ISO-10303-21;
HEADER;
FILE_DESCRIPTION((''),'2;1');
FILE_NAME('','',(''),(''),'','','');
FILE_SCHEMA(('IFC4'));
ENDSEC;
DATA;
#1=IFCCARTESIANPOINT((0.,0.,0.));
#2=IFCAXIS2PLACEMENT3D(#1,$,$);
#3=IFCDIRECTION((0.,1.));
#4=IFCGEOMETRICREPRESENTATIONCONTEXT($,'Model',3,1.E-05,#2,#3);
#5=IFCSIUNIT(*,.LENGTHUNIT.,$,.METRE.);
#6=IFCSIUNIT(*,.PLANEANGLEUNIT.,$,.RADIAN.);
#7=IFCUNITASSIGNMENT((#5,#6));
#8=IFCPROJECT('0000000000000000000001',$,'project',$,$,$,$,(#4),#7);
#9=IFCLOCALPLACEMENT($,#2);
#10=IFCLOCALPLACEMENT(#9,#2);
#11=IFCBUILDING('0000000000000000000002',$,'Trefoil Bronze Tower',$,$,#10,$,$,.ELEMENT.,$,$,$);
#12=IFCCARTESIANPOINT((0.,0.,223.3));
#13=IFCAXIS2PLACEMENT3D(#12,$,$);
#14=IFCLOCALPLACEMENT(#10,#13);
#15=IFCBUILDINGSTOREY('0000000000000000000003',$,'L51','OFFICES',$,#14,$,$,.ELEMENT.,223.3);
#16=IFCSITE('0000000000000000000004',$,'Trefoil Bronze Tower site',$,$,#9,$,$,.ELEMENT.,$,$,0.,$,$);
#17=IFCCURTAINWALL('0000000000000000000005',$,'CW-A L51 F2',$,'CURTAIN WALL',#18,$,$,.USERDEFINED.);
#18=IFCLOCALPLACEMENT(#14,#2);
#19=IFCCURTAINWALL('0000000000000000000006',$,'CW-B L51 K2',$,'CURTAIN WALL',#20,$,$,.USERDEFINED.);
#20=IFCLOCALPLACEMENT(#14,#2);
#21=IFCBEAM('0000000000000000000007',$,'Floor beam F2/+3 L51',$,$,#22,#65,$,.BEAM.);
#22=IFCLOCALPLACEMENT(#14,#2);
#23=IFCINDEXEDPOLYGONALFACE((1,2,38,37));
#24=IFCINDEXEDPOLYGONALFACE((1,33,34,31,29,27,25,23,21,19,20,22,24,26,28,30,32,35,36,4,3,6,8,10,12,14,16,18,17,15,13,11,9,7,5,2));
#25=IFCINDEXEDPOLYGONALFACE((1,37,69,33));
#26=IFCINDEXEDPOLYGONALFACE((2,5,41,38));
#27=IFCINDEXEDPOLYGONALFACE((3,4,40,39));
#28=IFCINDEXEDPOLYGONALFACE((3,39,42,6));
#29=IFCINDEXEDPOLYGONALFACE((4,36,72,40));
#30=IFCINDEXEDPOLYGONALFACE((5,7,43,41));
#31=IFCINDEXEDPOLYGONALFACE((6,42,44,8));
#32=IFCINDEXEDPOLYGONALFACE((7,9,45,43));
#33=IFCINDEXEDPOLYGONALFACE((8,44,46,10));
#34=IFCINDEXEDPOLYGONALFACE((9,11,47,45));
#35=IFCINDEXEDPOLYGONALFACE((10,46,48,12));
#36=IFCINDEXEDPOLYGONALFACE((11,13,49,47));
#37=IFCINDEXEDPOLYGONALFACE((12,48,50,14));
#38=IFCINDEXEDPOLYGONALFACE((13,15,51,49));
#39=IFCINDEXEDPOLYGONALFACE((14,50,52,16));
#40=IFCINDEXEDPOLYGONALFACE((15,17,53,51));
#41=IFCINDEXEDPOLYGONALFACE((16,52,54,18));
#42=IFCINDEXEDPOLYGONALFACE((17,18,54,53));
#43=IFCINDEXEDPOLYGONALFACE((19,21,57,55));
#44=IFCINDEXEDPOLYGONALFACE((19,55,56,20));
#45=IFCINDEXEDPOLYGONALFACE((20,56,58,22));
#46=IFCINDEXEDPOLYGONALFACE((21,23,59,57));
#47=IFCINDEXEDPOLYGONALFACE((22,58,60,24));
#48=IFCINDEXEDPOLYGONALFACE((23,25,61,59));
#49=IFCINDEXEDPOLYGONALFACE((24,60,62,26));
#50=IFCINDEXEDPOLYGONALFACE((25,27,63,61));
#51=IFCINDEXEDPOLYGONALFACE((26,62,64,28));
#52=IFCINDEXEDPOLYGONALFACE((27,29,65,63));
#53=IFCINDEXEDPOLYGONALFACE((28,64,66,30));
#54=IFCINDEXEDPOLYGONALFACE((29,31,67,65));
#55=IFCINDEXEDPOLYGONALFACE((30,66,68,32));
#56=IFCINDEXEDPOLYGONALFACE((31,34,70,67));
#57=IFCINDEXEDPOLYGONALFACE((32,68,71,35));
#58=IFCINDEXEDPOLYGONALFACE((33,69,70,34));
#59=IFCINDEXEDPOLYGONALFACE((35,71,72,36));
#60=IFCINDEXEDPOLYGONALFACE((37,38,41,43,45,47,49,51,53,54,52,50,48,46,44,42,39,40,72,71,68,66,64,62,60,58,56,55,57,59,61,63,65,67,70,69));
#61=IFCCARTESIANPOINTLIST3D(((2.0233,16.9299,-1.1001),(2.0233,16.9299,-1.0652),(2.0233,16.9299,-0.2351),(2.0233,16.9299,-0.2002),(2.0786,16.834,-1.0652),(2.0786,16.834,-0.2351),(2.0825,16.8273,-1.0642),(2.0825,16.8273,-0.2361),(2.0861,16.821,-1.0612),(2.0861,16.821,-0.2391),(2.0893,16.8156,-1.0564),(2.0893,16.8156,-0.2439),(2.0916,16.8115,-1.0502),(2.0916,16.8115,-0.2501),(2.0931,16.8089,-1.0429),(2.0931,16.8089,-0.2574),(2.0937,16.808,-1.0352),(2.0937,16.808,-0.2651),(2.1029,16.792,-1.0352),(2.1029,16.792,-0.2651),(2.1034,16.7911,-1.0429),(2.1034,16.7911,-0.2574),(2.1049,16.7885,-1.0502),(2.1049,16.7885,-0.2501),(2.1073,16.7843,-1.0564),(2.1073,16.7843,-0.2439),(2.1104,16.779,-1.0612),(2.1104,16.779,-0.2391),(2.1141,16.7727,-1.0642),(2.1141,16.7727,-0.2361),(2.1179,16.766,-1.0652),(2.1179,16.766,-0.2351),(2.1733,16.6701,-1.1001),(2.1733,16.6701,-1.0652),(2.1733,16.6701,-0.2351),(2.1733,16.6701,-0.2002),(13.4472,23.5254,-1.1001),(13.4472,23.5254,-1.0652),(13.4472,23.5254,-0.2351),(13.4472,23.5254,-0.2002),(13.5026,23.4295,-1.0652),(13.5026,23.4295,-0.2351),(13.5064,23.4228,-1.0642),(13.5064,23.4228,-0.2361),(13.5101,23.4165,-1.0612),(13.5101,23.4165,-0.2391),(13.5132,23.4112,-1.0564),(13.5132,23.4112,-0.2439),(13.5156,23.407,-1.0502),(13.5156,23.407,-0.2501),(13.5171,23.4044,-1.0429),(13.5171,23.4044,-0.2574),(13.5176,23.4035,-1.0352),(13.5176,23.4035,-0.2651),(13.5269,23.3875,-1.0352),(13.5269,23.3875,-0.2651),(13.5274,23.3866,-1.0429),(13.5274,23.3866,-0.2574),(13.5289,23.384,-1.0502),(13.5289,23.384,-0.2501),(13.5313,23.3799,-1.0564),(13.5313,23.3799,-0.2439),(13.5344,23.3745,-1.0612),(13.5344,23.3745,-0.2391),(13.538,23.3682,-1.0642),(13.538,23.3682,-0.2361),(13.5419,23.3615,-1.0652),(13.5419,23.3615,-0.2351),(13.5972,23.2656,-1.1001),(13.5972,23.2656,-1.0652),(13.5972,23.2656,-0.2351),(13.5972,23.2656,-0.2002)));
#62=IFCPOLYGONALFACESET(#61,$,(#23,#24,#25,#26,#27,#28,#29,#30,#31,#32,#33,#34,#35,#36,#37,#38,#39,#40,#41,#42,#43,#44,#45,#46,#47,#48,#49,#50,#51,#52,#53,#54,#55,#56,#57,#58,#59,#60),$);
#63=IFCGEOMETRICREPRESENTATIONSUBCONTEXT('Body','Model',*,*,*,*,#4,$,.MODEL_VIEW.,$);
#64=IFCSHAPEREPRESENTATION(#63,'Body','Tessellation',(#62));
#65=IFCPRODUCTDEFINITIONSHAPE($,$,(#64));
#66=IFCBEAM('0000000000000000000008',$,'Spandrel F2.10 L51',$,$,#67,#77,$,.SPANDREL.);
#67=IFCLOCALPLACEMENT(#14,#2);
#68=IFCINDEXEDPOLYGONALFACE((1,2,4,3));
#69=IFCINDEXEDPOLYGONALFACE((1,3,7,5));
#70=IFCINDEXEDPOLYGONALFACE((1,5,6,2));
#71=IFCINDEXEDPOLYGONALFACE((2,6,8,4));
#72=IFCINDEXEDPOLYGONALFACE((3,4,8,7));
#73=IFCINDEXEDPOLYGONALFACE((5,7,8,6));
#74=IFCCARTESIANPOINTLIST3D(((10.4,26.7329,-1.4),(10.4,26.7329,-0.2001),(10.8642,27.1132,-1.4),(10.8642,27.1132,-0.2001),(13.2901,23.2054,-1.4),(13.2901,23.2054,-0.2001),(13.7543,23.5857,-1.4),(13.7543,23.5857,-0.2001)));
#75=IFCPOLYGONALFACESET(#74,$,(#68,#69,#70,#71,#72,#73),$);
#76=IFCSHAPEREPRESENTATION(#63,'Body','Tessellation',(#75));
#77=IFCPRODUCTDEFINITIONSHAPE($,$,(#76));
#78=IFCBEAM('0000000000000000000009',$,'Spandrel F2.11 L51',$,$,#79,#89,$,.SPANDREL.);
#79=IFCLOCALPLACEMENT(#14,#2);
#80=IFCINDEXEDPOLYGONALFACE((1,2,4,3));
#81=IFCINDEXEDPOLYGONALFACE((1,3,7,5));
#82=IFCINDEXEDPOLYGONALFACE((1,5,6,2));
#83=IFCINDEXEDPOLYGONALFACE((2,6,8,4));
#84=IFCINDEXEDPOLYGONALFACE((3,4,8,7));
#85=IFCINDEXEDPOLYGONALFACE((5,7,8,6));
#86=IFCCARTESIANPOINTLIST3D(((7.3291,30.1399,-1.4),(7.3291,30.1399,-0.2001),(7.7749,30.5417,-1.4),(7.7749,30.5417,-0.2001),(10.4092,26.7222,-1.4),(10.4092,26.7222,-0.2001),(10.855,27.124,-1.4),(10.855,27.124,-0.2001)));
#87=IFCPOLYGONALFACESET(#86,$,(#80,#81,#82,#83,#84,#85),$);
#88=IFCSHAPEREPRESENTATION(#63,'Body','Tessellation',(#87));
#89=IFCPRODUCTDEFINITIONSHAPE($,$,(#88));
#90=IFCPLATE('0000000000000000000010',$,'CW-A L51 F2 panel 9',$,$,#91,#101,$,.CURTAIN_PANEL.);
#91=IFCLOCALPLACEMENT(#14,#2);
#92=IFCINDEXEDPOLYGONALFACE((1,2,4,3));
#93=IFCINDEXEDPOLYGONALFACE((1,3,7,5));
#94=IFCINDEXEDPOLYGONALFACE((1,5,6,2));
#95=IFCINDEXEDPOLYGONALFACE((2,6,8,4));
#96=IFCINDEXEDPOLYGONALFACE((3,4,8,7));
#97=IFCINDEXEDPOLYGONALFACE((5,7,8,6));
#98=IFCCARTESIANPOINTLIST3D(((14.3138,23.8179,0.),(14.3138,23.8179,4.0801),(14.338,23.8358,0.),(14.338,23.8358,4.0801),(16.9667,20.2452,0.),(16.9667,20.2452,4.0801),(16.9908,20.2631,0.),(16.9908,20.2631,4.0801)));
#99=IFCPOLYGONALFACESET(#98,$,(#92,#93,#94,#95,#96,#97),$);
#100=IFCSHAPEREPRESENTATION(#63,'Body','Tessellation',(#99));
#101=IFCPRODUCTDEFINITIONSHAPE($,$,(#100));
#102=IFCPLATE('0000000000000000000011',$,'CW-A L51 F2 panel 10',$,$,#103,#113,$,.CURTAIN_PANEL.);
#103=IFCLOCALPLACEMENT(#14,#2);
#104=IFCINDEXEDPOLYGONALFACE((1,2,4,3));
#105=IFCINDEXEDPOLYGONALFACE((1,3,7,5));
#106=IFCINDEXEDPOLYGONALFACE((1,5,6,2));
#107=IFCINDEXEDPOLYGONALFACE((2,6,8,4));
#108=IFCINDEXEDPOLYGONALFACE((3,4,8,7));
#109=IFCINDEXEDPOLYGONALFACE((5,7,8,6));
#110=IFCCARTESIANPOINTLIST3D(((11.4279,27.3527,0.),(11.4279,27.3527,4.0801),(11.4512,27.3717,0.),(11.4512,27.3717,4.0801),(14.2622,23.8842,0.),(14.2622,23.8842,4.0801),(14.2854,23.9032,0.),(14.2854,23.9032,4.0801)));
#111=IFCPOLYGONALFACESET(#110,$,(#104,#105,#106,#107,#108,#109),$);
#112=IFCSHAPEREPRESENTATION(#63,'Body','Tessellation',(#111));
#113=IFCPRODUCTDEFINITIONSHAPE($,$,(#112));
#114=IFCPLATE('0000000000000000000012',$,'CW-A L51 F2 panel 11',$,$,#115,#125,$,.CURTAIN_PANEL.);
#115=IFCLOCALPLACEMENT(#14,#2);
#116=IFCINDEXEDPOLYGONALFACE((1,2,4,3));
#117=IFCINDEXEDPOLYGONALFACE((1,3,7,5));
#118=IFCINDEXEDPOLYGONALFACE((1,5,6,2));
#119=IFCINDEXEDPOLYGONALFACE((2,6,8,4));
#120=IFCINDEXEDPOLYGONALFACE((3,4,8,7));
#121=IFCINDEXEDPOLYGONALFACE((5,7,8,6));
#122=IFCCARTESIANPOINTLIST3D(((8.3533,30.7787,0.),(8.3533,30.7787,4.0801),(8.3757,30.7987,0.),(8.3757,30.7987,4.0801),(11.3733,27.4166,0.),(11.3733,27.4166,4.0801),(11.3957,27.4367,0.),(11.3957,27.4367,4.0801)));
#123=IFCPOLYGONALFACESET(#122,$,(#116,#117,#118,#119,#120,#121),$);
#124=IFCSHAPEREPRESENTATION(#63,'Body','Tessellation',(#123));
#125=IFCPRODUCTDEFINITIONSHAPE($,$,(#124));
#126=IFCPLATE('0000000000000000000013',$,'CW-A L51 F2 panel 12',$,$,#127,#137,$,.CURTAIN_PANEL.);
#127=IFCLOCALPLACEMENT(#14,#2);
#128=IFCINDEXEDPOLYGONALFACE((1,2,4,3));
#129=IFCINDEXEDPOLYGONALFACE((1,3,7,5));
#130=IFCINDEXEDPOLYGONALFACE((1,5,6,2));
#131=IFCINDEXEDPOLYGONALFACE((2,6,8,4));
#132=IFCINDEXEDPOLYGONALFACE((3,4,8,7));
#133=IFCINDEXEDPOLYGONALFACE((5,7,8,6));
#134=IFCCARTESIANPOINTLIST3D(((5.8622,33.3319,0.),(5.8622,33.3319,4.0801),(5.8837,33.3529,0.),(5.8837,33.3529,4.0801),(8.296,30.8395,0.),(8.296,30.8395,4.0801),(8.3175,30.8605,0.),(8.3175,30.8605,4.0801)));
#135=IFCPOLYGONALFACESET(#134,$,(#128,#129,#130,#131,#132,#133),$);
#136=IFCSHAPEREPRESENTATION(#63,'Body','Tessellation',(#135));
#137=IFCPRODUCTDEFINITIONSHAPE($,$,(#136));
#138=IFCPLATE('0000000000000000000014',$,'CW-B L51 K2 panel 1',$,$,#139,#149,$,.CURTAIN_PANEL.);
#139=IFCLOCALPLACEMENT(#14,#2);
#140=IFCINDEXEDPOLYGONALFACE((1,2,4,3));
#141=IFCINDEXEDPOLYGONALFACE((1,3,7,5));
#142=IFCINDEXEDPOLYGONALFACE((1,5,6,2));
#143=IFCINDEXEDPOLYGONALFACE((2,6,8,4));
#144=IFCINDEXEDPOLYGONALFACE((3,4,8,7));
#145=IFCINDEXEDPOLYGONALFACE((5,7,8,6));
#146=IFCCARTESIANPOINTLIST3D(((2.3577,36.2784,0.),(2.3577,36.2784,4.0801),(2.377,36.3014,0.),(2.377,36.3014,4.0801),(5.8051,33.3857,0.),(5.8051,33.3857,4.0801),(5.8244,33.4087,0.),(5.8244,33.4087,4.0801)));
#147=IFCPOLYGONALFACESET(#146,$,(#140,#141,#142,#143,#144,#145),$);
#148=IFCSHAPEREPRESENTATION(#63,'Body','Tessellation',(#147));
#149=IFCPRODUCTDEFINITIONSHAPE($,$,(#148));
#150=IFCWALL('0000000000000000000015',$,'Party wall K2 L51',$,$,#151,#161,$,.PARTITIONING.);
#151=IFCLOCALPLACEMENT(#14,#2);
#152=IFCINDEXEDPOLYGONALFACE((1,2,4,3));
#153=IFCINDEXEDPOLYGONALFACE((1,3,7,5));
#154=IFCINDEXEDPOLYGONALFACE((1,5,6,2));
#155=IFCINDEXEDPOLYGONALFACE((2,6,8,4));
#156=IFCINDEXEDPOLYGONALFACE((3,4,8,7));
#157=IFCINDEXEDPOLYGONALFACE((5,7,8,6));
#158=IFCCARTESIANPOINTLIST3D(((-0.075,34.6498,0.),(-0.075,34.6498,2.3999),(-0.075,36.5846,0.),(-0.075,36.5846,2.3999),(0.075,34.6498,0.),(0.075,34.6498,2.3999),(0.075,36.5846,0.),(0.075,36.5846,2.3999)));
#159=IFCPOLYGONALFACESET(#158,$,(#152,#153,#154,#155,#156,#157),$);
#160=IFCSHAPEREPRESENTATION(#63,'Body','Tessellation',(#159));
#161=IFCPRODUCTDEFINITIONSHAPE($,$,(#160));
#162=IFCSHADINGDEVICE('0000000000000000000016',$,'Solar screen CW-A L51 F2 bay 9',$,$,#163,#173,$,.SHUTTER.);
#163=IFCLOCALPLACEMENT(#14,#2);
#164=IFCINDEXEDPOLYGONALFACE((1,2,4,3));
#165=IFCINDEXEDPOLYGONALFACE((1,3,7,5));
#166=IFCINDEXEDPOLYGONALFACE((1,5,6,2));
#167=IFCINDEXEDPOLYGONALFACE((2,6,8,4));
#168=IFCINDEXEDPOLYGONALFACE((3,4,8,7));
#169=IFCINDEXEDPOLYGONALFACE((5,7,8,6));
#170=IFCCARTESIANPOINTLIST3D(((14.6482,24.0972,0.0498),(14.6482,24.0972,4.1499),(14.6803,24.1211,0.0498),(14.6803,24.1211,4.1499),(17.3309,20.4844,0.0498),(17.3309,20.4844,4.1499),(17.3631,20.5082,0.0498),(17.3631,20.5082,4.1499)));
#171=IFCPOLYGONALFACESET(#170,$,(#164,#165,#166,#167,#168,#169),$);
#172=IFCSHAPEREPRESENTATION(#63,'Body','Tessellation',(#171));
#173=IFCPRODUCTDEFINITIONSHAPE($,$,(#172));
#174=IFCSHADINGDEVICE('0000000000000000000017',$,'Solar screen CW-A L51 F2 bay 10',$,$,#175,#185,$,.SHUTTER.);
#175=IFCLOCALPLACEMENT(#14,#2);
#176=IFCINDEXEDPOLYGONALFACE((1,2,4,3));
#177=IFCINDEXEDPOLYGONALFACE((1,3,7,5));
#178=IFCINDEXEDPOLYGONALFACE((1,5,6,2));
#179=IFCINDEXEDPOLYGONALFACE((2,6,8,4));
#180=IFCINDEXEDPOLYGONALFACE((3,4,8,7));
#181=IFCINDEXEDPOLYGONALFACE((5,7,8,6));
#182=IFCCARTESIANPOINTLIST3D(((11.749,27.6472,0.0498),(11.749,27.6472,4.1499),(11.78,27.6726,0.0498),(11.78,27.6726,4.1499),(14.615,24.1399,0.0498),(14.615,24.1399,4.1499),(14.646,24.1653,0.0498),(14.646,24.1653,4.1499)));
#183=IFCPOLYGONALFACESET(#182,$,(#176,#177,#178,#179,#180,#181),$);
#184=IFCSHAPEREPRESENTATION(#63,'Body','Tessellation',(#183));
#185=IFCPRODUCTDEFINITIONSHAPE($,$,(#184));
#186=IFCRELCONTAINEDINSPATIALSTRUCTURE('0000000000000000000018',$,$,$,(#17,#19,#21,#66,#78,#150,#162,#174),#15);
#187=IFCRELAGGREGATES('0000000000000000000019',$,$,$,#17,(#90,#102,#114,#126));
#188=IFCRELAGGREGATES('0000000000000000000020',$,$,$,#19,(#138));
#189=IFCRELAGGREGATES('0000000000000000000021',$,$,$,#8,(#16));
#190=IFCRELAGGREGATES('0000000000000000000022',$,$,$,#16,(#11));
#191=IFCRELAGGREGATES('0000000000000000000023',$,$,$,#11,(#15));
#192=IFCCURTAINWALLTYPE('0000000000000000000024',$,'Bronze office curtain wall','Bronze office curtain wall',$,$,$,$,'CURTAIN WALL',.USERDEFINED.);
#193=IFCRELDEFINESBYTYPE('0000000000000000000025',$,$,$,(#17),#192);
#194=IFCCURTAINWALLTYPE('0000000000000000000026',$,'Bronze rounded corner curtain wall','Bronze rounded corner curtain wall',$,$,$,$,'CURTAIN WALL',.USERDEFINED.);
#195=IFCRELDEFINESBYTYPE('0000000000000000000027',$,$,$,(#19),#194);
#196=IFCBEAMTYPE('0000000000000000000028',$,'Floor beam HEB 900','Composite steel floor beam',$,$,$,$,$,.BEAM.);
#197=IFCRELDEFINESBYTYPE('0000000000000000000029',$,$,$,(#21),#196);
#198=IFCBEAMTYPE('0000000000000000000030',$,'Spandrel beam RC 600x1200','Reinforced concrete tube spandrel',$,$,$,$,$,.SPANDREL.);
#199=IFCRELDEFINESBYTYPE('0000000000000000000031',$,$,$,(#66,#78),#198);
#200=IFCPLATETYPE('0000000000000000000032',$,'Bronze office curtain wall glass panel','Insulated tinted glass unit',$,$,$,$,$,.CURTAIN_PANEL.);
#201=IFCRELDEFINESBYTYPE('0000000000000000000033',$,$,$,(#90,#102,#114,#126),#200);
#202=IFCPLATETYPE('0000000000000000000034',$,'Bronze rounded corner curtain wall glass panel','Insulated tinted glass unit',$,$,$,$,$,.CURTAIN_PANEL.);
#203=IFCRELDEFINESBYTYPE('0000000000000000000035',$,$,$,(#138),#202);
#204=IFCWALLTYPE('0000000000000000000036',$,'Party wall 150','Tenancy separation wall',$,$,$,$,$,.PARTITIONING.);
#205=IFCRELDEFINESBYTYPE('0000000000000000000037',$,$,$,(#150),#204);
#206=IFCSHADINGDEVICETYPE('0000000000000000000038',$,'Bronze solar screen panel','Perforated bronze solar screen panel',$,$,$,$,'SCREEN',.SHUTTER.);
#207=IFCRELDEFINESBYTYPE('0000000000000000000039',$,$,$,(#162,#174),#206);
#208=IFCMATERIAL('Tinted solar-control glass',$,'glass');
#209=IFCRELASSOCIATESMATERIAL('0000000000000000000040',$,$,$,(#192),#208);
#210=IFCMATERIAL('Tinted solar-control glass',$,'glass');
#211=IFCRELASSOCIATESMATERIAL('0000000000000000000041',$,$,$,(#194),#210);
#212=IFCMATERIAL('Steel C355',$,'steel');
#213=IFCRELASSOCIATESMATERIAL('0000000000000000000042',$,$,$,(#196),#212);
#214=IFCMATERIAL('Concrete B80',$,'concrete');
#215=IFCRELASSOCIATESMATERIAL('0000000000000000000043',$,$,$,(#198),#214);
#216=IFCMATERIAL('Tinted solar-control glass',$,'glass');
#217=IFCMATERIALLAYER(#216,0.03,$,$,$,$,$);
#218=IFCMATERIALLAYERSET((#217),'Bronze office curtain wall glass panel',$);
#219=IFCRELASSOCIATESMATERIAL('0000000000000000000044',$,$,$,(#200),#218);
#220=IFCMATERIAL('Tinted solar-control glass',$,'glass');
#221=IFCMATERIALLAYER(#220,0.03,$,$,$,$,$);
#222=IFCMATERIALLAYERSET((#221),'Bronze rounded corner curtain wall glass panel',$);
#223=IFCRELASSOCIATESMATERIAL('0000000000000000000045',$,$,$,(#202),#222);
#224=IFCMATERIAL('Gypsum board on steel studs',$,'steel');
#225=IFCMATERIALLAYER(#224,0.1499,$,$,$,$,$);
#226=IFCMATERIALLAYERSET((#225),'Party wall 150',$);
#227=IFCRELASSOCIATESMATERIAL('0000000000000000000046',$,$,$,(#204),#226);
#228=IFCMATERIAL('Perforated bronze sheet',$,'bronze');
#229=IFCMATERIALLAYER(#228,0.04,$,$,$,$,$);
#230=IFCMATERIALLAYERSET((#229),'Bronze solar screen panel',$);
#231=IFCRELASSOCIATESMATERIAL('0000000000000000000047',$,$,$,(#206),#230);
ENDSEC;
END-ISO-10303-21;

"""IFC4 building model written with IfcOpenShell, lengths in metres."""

from ifc_helpers import new_model, si_unit, direction, frame, frame_2d, origin, origin_2d, place, context, subcontext, project, spatial, rectangle, i_section, extrude, material, layer, layer_set, material_profile, profile_set, type_object, element, aggregate, save


model = new_model("IFC4")

# Units and contexts
model_context = context("Model", 3, precision=1e-05, world=origin(), true_north=direction((0.0, 1.0)))
body_context = subcontext(model_context, "Body", "Model", "MODEL_VIEW")
ifc_project = project(units=[si_unit("LENGTHUNIT", "METRE"), si_unit("PLANEANGLEUNIT", "RADIAN")], contexts=[model_context])

# Site, building, storey
site_placement = place(None, origin())
site = spatial("IfcSite", under=ifc_project, at=site_placement, Name="Trefoil Bronze Tower site", CompositionType="ELEMENT", RefElevation=0.0)
building_placement = place(site_placement, origin())
building = spatial("IfcBuilding", under=site, at=building_placement, Name="Trefoil Bronze Tower", CompositionType="ELEMENT")
storey_placement = place(building_placement, frame((0.0, 0.0, 223.3)))
storey = spatial("IfcBuildingStorey", under=building, at=storey_placement, Name="L51", Description="OFFICES", CompositionType="ELEMENT", Elevation=223.3)

# Curtain walls
ifc_material_1 = material(Name="Tinted solar-control glass", Category="glass")
curtain_wall_type_1 = type_object("IfcCurtainWallType", Name="Bronze office curtain wall", Description="Bronze office curtain wall", ElementType="CURTAIN WALL", PredefinedType="USERDEFINED", material=ifc_material_1)
curtain_wall_1_placement = place(storey_placement, origin())
curtain_wall_1 = element("IfcCurtainWall", 1, at=curtain_wall_1_placement, inside=storey, type_object=curtain_wall_type_1, Name="CW-A L51 F2", ObjectType="CURTAIN WALL", PredefinedType="USERDEFINED")
ifc_material_2 = material(Name="Tinted solar-control glass", Category="glass")
curtain_wall_type_2 = type_object("IfcCurtainWallType", Name="Bronze rounded corner curtain wall", Description="Bronze rounded corner curtain wall", ElementType="CURTAIN WALL", PredefinedType="USERDEFINED", material=ifc_material_2)
curtain_wall_2_placement = place(storey_placement, origin())
curtain_wall_2 = element("IfcCurtainWall", 2, at=curtain_wall_2_placement, inside=storey, type_object=curtain_wall_type_2, Name="CW-B L51 K2", ObjectType="CURTAIN WALL", PredefinedType="USERDEFINED")

# Beams
ifc_material_3 = material(Name="Steel C355", Category="steel")
ifc_material_profile_1 = material_profile(ifc_material_3, i_section(OverallWidth=0.3, OverallDepth=0.8999, WebThickness=0.0186, FlangeThickness=0.0349, FilletRadius=0.03, at=origin_2d()), Name="HEB 900")
ifc_profile_set_1 = profile_set([ifc_material_profile_1], Name="Steel C355")
beam_type_1 = type_object("IfcBeamType", Name="Floor beam HEB 900", Description="Composite steel floor beam", PredefinedType="BEAM", material=ifc_profile_set_1)
beam_1_placement = place(storey_placement, frame((13.5222, 23.3955, -0.6501), z_axis=(-0.866028, -0.499995, 0.0), x_axis=(0.499995, -0.866028, 0.0)))
element("IfcBeam", 3, at=beam_1_placement, inside=storey, type_object=beam_type_1, Name="Floor beam F2/+3 L51", PredefinedType="BEAM", context=body_context, shape_type="SweptSolid", body=[
    extrude(i_section(OverallWidth=0.3, OverallDepth=0.8999, WebThickness=0.0186, FlangeThickness=0.0349, FilletRadius=0.03, at=origin_2d()), origin(), (0.0, 0.0, 1.0), 13.1912),
])
ifc_material_4 = material(Name="Concrete B80", Category="concrete")
ifc_material_profile_2 = material_profile(ifc_material_4, rectangle(XDim=0.6001, YDim=1.2, at=origin_2d()), Name="RC 600x1200")
ifc_profile_set_2 = profile_set([ifc_material_profile_2], Name="Concrete B80")
beam_type_2 = type_object("IfcBeamType", Name="Spandrel beam RC 600x1200", Description="Reinforced concrete tube spandrel", PredefinedType="SPANDREL", material=ifc_profile_set_2)
beam_2_placement = place(storey_placement, frame((13.5222, 23.3955, -0.8), z_axis=(-0.633754, 0.773535, 0.0), x_axis=(-0.773535, -0.633754, 0.0)))
element("IfcBeam", 4, at=beam_2_placement, inside=storey, type_object=beam_type_2, Name="Spandrel F2.10 L51", PredefinedType="SPANDREL", context=body_context, shape_type="SweptSolid", body=[
    extrude(rectangle(XDim=0.6001, YDim=1.2, at=origin_2d()), origin(), (0.0, 0.0, 1.0), 4.5603),
])
beam_3_placement = place(storey_placement, frame((10.6321, 26.9231, -0.8), z_axis=(-0.66946, 0.742848, 0.0), x_axis=(-0.742848, -0.66946, 0.0)))
element("IfcBeam", 5, at=beam_3_placement, inside=storey, type_object=beam_type_2, Name="Spandrel F2.11 L51", PredefinedType="SPANDREL", context=body_context, shape_type="SweptSolid", body=[
    extrude(rectangle(XDim=0.6001, YDim=1.2, at=origin_2d()), origin(), (0.0, 0.0, 1.0), 4.6008),
])

# Plates
ifc_material_5 = material(Name="Tinted solar-control glass", Category="glass")
ifc_layer_1 = layer(ifc_material_5, 0.03)
ifc_layer_set_1 = layer_set([ifc_layer_1], Name="Bronze office curtain wall glass panel")
plate_type_1 = type_object("IfcPlateType", Name="Bronze office curtain wall glass panel", Description="Insulated tinted glass unit", PredefinedType="CURTAIN_PANEL", material=ifc_layer_set_1)
plate_1_placement = place(storey_placement, frame((15.6523, 22.0405, 0.0), z_axis=(0.0, 0.0, 1.0), x_axis=(-0.596162, 0.802865, 0.0)))
plate_1 = element("IfcPlate", 6, at=plate_1_placement, type_object=plate_type_1, Name="CW-A L51 F2 panel 9", PredefinedType="CURTAIN_PANEL", context=body_context, shape_type="SweptSolid", body=[
    extrude(rectangle(XDim=4.45, YDim=0.03, at=origin_2d()), origin(), (0.0, 0.0, 1.0), 4.0801),
])
plate_2_placement = place(storey_placement, frame((12.8567, 25.6279, 0.0), z_axis=(0.0, 0.0, 1.0), x_axis=(-0.632753, 0.774354, 0.0)))
plate_2 = element("IfcPlate", 7, at=plate_2_placement, type_object=plate_type_1, Name="CW-A L51 F2 panel 10", PredefinedType="CURTAIN_PANEL", context=body_context, shape_type="SweptSolid", body=[
    extrude(rectangle(XDim=4.4792, YDim=0.03, at=origin_2d()), origin(), (0.0, 0.0, 1.0), 4.0801),
])
plate_3_placement = place(storey_placement, frame((9.8745, 29.1077, 0.0), z_axis=(0.0, 0.0, 1.0), x_axis=(-0.668246, 0.743941, 0.0)))
plate_3 = element("IfcPlate", 8, at=plate_3_placement, type_object=plate_type_1, Name="CW-A L51 F2 panel 11", PredefinedType="CURTAIN_PANEL", context=body_context, shape_type="SweptSolid", body=[
    extrude(rectangle(XDim=4.5193, YDim=0.03, at=origin_2d()), origin(), (0.0, 0.0, 1.0), 4.0801),
])
plate_4_placement = place(storey_placement, frame((7.0898, 32.0962, 0.0), z_axis=(0.0, 0.0, 1.0), x_axis=(-0.698652, 0.715462, 0.0)))
plate_4 = element("IfcPlate", 9, at=plate_4_placement, type_object=plate_type_1, Name="CW-A L51 F2 panel 12", PredefinedType="CURTAIN_PANEL", context=body_context, shape_type="SweptSolid", body=[
    extrude(rectangle(XDim=3.4836, YDim=0.03, at=origin_2d()), origin(), (0.0, 0.0, 1.0), 4.0801),
])
aggregate(curtain_wall_1, [plate_1, plate_2, plate_3, plate_4])
ifc_material_6 = material(Name="Tinted solar-control glass", Category="glass")
ifc_layer_2 = layer(ifc_material_6, 0.03)
ifc_layer_set_2 = layer_set([ifc_layer_2], Name="Bronze rounded corner curtain wall glass panel")
plate_type_2 = type_object("IfcPlateType", Name="Bronze rounded corner curtain wall glass panel", Description="Insulated tinted glass unit", PredefinedType="CURTAIN_PANEL", material=ifc_layer_set_2)
plate_5_placement = place(storey_placement, frame((4.0911, 34.8435, 0.0), z_axis=(0.0, 0.0, 1.0), x_axis=(-0.766044, 0.642788, 0.0)))
plate_5 = element("IfcPlate", 10, at=plate_5_placement, type_object=plate_type_2, Name="CW-B L51 K2 panel 1", PredefinedType="CURTAIN_PANEL", context=body_context, shape_type="SweptSolid", body=[
    extrude(rectangle(XDim=4.5002, YDim=0.03, at=origin_2d()), origin(), (0.0, 0.0, 1.0), 4.0801),
])
aggregate(curtain_wall_2, [plate_5])

# Wall
ifc_material_7 = material(Name="Gypsum board on steel studs", Category="steel")
ifc_layer_3 = layer(ifc_material_7, 0.1499)
ifc_layer_set_3 = layer_set([ifc_layer_3], Name="Party wall 150")
wall_type = type_object("IfcWallType", Name="Party wall 150", Description="Tenancy separation wall", PredefinedType="PARTITIONING", material=ifc_layer_set_3)
wall_placement = place(storey_placement, frame((0.0, 34.6499, 0.0), z_axis=(0.0, 0.0, 1.0), x_axis=(0.0, 1.0, 0.0)))
element("IfcWall", 11, at=wall_placement, inside=storey, type_object=wall_type, Name="Party wall K2 L51", PredefinedType="PARTITIONING", context=body_context, shape_type="SweptSolid", body=[
    extrude(rectangle(XDim=1.9348, YDim=0.1499, at=frame_2d((0.9673, 0.0))), origin(), (0.0, 0.0, 1.0), 2.3999),
])

# Shading devices
ifc_material_8 = material(Name="Perforated bronze sheet", Category="bronze")
ifc_layer_4 = layer(ifc_material_8, 0.04)
ifc_layer_set_4 = layer_set([ifc_layer_4], Name="Bronze solar screen panel")
shading_device_type = type_object("IfcShadingDeviceType", Name="Bronze solar screen panel", Description="Perforated bronze solar screen panel", ElementType="SCREEN", PredefinedType="SHUTTER", material=ifc_layer_set_4)
shading_device_1_placement = place(storey_placement, frame((16.0056, 22.3027, 0.0498), z_axis=(0.0, 0.0, 1.0), x_axis=(-0.596162, 0.802865, 0.0)))
element("IfcShadingDevice", 12, at=shading_device_1_placement, inside=storey, type_object=shading_device_type, Name="Solar screen CW-A L51 F2 bay 9", PredefinedType="SHUTTER", context=body_context, shape_type="SweptSolid", body=[
    extrude(rectangle(XDim=4.5, YDim=0.04, at=origin_2d()), origin(), (0.0, 0.0, 1.0), 4.1001),
])
shading_device_2_placement = place(storey_placement, frame((13.1975, 25.9062, 0.0498), z_axis=(0.0, 0.0, 1.0), x_axis=(-0.632753, 0.774354, 0.0)))
element("IfcShadingDevice", 13, at=shading_device_2_placement, inside=storey, type_object=shading_device_type, Name="Solar screen CW-A L51 F2 bay 10", PredefinedType="SHUTTER", context=body_context, shape_type="SweptSolid", body=[
    extrude(rectangle(XDim=4.5293, YDim=0.04, at=origin_2d()), origin(), (0.0, 0.0, 1.0), 4.1001),
])

save(model, "model.ifc")
